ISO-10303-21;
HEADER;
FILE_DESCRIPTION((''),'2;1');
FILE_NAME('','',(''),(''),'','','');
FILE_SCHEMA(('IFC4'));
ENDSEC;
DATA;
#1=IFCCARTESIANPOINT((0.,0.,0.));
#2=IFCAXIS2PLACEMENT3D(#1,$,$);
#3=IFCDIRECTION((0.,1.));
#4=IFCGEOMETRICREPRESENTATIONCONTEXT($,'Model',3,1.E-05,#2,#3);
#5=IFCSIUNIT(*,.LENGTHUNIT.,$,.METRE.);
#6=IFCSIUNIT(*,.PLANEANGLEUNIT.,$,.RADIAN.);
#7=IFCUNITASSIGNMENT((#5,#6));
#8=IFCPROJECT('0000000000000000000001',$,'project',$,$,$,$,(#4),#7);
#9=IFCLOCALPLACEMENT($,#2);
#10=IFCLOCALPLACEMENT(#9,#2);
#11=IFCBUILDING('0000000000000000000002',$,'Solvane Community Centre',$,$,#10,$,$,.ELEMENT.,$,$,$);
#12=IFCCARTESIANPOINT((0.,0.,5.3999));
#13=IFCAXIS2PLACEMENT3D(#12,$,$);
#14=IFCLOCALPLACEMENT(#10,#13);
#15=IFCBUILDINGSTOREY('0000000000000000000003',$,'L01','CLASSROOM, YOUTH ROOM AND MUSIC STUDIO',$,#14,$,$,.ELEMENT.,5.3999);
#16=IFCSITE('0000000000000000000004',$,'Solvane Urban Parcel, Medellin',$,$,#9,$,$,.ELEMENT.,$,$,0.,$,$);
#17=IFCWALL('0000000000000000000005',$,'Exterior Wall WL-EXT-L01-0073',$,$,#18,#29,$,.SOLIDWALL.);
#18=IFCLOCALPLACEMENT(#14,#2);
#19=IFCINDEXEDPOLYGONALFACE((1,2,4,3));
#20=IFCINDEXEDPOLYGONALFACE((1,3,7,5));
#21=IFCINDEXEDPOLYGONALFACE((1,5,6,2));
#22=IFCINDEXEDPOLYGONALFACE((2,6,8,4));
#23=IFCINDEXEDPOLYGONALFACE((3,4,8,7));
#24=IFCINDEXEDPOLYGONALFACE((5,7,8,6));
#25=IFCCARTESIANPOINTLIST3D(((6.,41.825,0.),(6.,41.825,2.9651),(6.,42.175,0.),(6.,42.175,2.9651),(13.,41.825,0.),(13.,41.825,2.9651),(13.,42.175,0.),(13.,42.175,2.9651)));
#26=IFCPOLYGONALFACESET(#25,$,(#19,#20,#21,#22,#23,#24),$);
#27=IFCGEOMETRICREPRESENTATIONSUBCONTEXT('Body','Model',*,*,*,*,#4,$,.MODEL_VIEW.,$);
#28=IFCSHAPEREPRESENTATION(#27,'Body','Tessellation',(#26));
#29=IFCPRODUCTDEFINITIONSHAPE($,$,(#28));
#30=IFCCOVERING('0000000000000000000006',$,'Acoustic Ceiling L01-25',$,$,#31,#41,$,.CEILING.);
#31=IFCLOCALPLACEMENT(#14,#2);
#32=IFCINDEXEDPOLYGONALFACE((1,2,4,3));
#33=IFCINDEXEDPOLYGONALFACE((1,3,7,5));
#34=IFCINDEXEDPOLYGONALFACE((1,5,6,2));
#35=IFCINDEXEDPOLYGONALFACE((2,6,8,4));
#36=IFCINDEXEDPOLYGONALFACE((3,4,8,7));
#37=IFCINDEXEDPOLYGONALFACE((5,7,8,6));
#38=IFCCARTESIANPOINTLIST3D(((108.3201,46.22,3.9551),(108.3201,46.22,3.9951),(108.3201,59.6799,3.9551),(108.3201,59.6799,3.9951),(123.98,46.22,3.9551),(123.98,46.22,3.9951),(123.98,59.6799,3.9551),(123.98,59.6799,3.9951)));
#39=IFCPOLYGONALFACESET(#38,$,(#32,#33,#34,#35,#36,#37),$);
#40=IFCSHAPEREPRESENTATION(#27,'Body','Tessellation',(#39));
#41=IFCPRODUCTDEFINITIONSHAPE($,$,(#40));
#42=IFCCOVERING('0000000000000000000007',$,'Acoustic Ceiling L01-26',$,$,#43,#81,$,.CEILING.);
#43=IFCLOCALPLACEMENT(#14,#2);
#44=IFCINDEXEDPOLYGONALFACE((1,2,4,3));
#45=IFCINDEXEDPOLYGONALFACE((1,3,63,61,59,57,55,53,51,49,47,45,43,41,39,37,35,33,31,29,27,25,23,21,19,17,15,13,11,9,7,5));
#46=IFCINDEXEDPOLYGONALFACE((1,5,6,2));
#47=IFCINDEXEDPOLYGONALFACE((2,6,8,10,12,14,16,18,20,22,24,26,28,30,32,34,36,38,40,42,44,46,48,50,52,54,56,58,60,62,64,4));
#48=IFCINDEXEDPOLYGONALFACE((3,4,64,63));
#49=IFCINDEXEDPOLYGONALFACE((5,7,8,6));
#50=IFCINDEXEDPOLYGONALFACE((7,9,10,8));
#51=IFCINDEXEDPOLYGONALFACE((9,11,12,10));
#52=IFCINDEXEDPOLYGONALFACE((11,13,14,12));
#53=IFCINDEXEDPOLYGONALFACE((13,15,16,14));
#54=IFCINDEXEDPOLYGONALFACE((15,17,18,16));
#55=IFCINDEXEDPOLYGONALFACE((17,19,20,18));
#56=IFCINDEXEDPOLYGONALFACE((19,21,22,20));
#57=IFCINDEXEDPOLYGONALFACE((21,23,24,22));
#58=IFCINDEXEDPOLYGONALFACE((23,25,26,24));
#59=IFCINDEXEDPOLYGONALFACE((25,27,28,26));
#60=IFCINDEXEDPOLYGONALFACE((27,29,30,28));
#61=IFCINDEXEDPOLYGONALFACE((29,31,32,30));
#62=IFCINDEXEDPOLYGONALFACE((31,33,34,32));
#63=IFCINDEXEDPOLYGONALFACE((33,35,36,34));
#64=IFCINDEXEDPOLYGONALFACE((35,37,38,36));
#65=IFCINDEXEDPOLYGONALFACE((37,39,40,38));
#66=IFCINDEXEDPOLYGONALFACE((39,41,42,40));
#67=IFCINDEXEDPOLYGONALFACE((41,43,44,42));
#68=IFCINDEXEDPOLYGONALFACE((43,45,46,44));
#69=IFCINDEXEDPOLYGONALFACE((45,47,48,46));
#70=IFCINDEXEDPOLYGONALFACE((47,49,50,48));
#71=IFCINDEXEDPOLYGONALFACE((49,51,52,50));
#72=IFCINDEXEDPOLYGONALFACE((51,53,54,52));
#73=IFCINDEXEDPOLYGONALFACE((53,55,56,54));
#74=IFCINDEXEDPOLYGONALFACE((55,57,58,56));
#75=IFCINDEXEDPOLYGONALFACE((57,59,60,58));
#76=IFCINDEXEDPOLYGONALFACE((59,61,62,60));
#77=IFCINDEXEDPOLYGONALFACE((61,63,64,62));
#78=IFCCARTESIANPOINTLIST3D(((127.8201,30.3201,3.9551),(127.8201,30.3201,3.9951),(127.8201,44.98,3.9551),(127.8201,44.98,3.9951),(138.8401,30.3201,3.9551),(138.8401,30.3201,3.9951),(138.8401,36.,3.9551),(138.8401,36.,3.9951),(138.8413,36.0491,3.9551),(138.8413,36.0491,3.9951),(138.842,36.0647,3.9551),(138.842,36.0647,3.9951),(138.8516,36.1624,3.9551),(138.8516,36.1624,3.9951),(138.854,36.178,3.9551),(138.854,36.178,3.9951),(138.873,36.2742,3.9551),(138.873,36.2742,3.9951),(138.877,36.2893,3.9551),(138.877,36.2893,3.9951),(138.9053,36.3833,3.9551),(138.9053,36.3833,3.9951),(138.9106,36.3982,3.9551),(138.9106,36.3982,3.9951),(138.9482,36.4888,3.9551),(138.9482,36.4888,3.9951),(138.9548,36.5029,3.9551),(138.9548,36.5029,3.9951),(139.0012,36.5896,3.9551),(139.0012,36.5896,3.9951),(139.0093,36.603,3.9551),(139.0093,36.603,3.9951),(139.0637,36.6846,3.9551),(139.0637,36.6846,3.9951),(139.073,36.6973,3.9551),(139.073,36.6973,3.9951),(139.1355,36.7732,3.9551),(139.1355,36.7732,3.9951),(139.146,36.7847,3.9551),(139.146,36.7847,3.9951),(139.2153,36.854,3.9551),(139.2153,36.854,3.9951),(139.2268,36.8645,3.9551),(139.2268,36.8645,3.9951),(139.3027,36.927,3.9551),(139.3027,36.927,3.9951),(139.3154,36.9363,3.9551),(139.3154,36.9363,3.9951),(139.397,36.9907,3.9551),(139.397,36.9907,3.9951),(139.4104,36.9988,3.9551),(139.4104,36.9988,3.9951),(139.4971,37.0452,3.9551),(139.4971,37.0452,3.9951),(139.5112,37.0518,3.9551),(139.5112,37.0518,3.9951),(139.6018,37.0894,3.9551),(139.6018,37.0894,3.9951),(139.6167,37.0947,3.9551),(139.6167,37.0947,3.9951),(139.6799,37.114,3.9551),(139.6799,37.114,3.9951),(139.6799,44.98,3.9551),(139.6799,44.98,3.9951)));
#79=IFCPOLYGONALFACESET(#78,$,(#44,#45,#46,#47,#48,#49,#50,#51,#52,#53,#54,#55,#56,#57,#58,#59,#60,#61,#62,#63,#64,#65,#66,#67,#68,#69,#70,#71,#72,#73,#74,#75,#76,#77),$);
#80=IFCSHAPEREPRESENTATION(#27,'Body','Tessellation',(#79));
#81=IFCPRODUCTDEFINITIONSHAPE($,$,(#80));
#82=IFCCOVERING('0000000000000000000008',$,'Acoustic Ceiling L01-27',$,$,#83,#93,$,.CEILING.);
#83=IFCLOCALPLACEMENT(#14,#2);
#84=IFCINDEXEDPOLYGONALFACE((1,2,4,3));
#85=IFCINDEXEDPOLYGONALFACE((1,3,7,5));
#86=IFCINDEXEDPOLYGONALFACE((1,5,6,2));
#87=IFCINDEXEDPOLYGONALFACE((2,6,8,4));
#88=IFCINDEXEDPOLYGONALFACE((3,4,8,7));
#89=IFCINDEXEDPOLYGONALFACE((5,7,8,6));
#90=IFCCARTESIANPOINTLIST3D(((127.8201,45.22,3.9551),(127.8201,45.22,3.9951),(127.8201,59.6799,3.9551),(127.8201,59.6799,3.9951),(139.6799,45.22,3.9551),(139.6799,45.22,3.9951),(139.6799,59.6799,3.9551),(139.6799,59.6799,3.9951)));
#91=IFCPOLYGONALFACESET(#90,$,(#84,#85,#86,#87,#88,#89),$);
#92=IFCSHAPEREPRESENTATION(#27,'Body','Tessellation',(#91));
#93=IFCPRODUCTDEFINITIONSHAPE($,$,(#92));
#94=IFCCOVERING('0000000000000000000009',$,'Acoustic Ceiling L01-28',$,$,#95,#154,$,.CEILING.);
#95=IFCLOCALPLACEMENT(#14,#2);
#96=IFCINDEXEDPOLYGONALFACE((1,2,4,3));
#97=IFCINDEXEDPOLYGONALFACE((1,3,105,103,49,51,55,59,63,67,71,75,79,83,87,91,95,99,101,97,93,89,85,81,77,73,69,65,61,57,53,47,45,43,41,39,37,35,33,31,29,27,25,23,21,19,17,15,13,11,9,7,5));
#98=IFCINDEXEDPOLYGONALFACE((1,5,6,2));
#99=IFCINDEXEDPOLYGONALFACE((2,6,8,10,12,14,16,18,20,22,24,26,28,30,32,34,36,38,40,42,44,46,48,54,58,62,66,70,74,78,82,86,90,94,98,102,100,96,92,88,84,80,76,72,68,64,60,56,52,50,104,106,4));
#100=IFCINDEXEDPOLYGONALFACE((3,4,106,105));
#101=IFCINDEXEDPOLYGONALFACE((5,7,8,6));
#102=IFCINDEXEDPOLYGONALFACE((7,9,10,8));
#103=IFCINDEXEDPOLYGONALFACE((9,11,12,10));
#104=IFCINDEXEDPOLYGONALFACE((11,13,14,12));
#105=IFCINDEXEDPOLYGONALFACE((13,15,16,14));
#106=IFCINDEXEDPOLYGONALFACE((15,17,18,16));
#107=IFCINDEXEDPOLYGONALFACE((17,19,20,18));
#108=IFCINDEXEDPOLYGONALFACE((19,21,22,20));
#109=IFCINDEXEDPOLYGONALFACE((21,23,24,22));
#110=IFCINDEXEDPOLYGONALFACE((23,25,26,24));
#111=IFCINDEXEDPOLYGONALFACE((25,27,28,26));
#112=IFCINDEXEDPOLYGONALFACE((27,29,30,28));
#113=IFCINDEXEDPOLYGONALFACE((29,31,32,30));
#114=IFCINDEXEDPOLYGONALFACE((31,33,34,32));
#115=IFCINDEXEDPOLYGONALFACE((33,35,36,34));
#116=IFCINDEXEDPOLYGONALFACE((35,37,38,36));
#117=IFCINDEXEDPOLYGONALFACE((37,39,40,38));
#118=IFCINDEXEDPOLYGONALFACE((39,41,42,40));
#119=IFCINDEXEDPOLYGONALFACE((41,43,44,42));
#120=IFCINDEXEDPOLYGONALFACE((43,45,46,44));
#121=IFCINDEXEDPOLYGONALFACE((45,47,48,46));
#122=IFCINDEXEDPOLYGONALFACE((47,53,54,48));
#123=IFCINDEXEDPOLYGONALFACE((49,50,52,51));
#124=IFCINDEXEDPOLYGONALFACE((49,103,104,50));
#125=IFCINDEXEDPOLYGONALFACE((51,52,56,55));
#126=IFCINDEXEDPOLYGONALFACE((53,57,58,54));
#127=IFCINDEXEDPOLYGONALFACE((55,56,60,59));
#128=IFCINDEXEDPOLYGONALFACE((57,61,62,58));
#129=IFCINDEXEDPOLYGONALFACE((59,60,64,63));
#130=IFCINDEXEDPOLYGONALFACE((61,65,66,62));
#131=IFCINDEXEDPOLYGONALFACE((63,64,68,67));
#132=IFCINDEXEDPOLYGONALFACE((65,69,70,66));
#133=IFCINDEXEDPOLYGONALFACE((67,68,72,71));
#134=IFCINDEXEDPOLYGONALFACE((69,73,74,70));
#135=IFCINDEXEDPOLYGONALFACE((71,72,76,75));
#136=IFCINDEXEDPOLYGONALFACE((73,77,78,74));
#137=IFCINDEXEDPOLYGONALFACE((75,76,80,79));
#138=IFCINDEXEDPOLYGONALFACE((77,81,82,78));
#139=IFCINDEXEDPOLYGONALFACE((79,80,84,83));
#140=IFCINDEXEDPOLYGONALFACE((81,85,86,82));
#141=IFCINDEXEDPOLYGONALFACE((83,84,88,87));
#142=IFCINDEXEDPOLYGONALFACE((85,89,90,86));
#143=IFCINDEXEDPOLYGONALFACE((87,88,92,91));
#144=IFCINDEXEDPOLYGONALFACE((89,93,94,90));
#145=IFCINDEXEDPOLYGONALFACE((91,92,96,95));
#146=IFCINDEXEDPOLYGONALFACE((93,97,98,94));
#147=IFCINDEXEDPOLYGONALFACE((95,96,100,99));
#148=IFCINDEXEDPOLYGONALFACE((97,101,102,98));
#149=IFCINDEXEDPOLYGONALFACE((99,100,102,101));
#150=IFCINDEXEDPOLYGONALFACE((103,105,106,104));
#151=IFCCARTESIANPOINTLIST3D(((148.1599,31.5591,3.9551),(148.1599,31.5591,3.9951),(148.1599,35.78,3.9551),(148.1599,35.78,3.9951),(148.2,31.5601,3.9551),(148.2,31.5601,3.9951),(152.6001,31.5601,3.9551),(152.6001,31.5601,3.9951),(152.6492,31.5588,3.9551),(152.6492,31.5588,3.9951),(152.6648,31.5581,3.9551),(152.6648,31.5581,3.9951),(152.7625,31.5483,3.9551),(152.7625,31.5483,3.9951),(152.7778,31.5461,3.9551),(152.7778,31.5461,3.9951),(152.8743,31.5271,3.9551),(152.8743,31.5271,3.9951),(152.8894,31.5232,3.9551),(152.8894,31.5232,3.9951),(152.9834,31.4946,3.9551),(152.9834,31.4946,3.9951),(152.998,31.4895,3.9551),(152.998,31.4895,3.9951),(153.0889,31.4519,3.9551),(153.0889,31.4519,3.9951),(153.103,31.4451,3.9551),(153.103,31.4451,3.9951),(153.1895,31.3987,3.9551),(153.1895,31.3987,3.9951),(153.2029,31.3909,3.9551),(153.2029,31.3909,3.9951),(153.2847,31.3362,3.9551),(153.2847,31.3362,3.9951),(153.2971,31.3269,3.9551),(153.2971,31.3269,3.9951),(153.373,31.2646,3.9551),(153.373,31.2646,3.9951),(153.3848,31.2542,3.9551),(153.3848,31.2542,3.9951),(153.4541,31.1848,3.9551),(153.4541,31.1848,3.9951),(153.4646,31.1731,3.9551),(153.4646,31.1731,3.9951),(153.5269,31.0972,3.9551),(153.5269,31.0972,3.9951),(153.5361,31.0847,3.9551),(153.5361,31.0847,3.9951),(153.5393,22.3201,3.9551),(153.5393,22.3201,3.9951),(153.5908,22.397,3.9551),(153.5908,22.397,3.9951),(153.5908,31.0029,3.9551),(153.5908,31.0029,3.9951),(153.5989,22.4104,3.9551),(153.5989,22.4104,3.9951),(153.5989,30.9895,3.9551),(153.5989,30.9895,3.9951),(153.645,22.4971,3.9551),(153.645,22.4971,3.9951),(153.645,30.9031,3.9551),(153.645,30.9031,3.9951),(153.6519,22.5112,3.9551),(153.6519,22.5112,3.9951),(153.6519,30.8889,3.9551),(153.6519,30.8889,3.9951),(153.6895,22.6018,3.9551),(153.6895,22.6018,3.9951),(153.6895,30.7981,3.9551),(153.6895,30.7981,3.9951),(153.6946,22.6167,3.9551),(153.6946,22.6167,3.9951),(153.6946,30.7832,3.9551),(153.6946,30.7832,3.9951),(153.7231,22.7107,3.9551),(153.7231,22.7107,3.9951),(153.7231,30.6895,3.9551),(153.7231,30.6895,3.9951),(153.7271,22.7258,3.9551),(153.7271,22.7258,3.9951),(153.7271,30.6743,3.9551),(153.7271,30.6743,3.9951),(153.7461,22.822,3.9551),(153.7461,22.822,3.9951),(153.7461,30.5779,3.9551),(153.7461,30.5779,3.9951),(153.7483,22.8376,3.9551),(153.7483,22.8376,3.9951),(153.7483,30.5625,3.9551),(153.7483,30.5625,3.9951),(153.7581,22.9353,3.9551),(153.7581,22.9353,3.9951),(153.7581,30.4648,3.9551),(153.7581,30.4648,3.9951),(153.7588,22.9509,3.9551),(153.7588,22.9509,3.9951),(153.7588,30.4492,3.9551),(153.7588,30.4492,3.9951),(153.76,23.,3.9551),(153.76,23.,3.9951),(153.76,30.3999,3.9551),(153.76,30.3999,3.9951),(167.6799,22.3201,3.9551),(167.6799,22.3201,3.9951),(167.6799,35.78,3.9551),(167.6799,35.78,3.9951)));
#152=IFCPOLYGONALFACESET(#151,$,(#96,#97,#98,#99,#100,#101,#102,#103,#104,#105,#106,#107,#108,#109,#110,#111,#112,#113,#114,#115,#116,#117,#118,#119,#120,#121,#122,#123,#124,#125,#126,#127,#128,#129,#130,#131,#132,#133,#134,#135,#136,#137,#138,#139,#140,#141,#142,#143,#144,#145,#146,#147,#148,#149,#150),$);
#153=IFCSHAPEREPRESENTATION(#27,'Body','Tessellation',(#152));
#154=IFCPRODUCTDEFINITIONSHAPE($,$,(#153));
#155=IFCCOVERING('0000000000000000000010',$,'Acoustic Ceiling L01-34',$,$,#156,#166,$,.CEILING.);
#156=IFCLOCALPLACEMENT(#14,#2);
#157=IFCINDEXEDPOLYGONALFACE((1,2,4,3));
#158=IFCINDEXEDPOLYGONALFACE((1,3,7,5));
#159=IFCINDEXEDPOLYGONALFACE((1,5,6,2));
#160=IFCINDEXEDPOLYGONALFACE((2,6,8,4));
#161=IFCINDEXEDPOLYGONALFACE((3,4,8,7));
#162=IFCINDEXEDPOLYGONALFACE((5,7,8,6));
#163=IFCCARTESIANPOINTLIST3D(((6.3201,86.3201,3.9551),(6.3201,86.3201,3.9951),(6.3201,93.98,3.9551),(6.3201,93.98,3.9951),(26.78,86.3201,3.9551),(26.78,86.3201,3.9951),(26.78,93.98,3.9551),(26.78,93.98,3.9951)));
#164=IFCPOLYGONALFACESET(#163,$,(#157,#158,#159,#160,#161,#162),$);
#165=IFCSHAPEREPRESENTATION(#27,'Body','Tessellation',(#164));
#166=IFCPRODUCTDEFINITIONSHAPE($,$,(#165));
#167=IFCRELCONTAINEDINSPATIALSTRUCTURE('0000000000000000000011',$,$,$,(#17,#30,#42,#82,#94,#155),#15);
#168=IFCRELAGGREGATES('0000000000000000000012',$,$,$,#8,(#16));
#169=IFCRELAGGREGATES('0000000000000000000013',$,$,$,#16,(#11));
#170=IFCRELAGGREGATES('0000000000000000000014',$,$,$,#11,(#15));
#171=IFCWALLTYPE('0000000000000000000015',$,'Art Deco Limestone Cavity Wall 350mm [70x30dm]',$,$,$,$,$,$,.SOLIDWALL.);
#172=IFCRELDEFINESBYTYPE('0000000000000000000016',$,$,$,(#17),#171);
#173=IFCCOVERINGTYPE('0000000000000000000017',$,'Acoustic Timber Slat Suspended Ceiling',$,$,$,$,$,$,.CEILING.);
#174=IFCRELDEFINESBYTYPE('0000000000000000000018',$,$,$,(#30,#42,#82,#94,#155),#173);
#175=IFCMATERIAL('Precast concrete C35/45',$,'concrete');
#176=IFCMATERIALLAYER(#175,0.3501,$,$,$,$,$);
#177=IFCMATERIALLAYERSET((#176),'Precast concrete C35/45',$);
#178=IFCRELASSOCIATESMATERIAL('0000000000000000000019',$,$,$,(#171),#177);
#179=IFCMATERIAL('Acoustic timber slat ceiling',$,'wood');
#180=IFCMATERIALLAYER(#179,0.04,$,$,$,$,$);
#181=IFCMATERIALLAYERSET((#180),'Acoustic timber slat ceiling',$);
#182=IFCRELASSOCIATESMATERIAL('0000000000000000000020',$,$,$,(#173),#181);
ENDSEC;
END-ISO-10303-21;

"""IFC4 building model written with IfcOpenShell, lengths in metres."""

from ifc_helpers import new_model, si_unit, direction, frame, frame_2d, origin, place, context, subcontext, project, spatial, polyline, rectangle, outline, extrude, material, layer, layer_set, type_object, element, save


model = new_model("IFC4")

# Units and contexts
model_context = context("Model", 3, precision=1e-05, world=origin(), true_north=direction((0.0, 1.0)))
body_context = subcontext(model_context, "Body", "Model", "MODEL_VIEW")
ifc_project = project(units=[si_unit("LENGTHUNIT", "METRE"), si_unit("PLANEANGLEUNIT", "RADIAN")], contexts=[model_context])

# Site, building, storey
site_placement = place(None, origin())
site = spatial("IfcSite", under=ifc_project, at=site_placement, Name="Solvane Urban Parcel, Medellin", CompositionType="ELEMENT", RefElevation=0.0)
building_placement = place(site_placement, origin())
building = spatial("IfcBuilding", under=site, at=building_placement, Name="Solvane Community Centre", CompositionType="ELEMENT")
storey_placement = place(building_placement, frame((0.0, 0.0, 5.3999)))
storey = spatial("IfcBuildingStorey", under=building, at=storey_placement, Name="L01", Description="CLASSROOM, YOUTH ROOM AND MUSIC STUDIO", CompositionType="ELEMENT", Elevation=5.3999)

# Shared definitions
ifc_material_1 = material(Name="Precast concrete C35/45", Category="concrete")

# Wall
ifc_layer_1 = layer(ifc_material_1, 0.3501)
ifc_layer_set_1 = layer_set([ifc_layer_1], Name="Precast concrete C35/45")
wall_type = type_object("IfcWallType", Name="Art Deco Limestone Cavity Wall 350mm [70x30dm]", PredefinedType="SOLIDWALL", material=ifc_layer_set_1)
wall_placement = place(storey_placement, frame((13.0, 42.0, 0.0), z_axis=(0.0, 0.0, 1.0), x_axis=(-1.0, 0.0, 0.0)))
element("IfcWall", 1, at=wall_placement, inside=storey, type_object=wall_type, Name="Exterior Wall WL-EXT-L01-0073", PredefinedType="SOLIDWALL", context=body_context, shape_type="SweptSolid", body=[
    extrude(rectangle(XDim=7.0, YDim=0.3501, at=frame_2d((3.5, 0.0))), origin(), (0.0, 0.0, 1.0), 2.9651),
])

# Coverings
ifc_material_2 = material(Name="Acoustic timber slat ceiling", Category="wood")
ifc_layer_2 = layer(ifc_material_2, 0.04)
ifc_layer_set_2 = layer_set([ifc_layer_2], Name="Acoustic timber slat ceiling")
covering_type = type_object("IfcCoveringType", Name="Acoustic Timber Slat Suspended Ceiling", PredefinedType="CEILING", material=ifc_layer_set_2)
covering_1_placement = place(storey_placement, frame((0.0, 0.0, 3.9551)))
element("IfcCovering", 2, at=covering_1_placement, inside=storey, type_object=covering_type, Name="Acoustic Ceiling L01-25", PredefinedType="CEILING", context=body_context, shape_type="SweptSolid", body=[
    extrude(outline(polyline([(108.3201, 46.22), (108.3201, 59.6799), (123.98, 59.6799), (123.98, 46.22), (108.3201, 46.22)])), origin(), (0.0, 0.0, 1.0), 0.04),
])
covering_2_placement = place(storey_placement, frame((0.0, 0.0, 3.9551)))
element("IfcCovering", 3, at=covering_2_placement, inside=storey, type_object=covering_type, Name="Acoustic Ceiling L01-26", PredefinedType="CEILING", context=body_context, shape_type="SweptSolid", body=[
    extrude(outline(polyline([(127.8201, 30.3201), (127.8201, 44.98), (139.6799, 44.98), (139.6799, 37.114), (139.6167, 37.0947), (139.6018, 37.0894), (139.5112, 37.0518), (139.4971, 37.0452), (139.4104, 36.9988), (139.397, 36.9907), (139.3154, 36.9363), (139.3027, 36.927), (139.2268, 36.8645), (139.2153, 36.854), (139.146, 36.7847), (139.1355, 36.7732), (139.073, 36.6973), (139.0637, 36.6846), (139.0093, 36.603), (139.0012, 36.5896), (138.9548, 36.5029), (138.9482, 36.4888), (138.9106, 36.3982), (138.9053, 36.3833), (138.877, 36.2893), (138.873, 36.2742), (138.854, 36.178), (138.8516, 36.1624), (138.842, 36.0647), (138.8413, 36.0491), (138.8401, 36.0), (138.8401, 30.3201), (127.8201, 30.3201)])), origin(), (0.0, 0.0, 1.0), 0.04),
])
covering_3_placement = place(storey_placement, frame((0.0, 0.0, 3.9551)))
element("IfcCovering", 4, at=covering_3_placement, inside=storey, type_object=covering_type, Name="Acoustic Ceiling L01-27", PredefinedType="CEILING", context=body_context, shape_type="SweptSolid", body=[
    extrude(outline(polyline([(127.8201, 45.22), (127.8201, 59.6799), (139.6799, 59.6799), (139.6799, 45.22), (127.8201, 45.22)])), origin(), (0.0, 0.0, 1.0), 0.04),
])
covering_4_placement = place(storey_placement, frame((0.0, 0.0, 3.9551)))
element("IfcCovering", 5, at=covering_4_placement, inside=storey, type_object=covering_type, Name="Acoustic Ceiling L01-28", PredefinedType="CEILING", context=body_context, shape_type="SweptSolid", body=[
    extrude(outline(polyline([(167.6799, 35.78), (167.6799, 22.3201), (153.5393, 22.3201), (153.5908, 22.397), (153.5989, 22.4104), (153.645, 22.4971), (153.6519, 22.5112), (153.6895, 22.6018), (153.6946, 22.6167), (153.7231, 22.7107), (153.7271, 22.7258), (153.7461, 22.822), (153.7483, 22.8376), (153.7581, 22.9353), (153.7588, 22.9509), (153.76, 23.0), (153.76, 30.3999), (153.7588, 30.4492), (153.7581, 30.4648), (153.7483, 30.5625), (153.7461, 30.5779), (153.7271, 30.6743), (153.7231, 30.6895), (153.6946, 30.7832), (153.6895, 30.7981), (153.6519, 30.8889), (153.645, 30.9031), (153.5989, 30.9895), (153.5908, 31.0029), (153.5361, 31.0847), (153.5269, 31.0972), (153.4646, 31.1731), (153.4541, 31.1848), (153.3848, 31.2542), (153.373, 31.2646), (153.2971, 31.3269), (153.2847, 31.3362), (153.2029, 31.3909), (153.1895, 31.3987), (153.103, 31.4451), (153.0889, 31.4519), (152.998, 31.4895), (152.9834, 31.4946), (152.8894, 31.5232), (152.8743, 31.5271), (152.7778, 31.5461), (152.7625, 31.5483), (152.6648, 31.5581), (152.6492, 31.5588), (152.6001, 31.5601), (148.2, 31.5601), (148.1599, 31.5591), (148.1599, 35.78), (167.6799, 35.78)])), origin(), (0.0, 0.0, 1.0), 0.04),
])
covering_5_placement = place(storey_placement, frame((0.0, 0.0, 3.9551)))
element("IfcCovering", 6, at=covering_5_placement, inside=storey, type_object=covering_type, Name="Acoustic Ceiling L01-34", PredefinedType="CEILING", context=body_context, shape_type="SweptSolid", body=[
    extrude(outline(polyline([(6.3201, 86.3201), (6.3201, 93.98), (26.78, 93.98), (26.78, 86.3201), (6.3201, 86.3201)])), origin(), (0.0, 0.0, 1.0), 0.04),
])

save(model, "model.ifc")
